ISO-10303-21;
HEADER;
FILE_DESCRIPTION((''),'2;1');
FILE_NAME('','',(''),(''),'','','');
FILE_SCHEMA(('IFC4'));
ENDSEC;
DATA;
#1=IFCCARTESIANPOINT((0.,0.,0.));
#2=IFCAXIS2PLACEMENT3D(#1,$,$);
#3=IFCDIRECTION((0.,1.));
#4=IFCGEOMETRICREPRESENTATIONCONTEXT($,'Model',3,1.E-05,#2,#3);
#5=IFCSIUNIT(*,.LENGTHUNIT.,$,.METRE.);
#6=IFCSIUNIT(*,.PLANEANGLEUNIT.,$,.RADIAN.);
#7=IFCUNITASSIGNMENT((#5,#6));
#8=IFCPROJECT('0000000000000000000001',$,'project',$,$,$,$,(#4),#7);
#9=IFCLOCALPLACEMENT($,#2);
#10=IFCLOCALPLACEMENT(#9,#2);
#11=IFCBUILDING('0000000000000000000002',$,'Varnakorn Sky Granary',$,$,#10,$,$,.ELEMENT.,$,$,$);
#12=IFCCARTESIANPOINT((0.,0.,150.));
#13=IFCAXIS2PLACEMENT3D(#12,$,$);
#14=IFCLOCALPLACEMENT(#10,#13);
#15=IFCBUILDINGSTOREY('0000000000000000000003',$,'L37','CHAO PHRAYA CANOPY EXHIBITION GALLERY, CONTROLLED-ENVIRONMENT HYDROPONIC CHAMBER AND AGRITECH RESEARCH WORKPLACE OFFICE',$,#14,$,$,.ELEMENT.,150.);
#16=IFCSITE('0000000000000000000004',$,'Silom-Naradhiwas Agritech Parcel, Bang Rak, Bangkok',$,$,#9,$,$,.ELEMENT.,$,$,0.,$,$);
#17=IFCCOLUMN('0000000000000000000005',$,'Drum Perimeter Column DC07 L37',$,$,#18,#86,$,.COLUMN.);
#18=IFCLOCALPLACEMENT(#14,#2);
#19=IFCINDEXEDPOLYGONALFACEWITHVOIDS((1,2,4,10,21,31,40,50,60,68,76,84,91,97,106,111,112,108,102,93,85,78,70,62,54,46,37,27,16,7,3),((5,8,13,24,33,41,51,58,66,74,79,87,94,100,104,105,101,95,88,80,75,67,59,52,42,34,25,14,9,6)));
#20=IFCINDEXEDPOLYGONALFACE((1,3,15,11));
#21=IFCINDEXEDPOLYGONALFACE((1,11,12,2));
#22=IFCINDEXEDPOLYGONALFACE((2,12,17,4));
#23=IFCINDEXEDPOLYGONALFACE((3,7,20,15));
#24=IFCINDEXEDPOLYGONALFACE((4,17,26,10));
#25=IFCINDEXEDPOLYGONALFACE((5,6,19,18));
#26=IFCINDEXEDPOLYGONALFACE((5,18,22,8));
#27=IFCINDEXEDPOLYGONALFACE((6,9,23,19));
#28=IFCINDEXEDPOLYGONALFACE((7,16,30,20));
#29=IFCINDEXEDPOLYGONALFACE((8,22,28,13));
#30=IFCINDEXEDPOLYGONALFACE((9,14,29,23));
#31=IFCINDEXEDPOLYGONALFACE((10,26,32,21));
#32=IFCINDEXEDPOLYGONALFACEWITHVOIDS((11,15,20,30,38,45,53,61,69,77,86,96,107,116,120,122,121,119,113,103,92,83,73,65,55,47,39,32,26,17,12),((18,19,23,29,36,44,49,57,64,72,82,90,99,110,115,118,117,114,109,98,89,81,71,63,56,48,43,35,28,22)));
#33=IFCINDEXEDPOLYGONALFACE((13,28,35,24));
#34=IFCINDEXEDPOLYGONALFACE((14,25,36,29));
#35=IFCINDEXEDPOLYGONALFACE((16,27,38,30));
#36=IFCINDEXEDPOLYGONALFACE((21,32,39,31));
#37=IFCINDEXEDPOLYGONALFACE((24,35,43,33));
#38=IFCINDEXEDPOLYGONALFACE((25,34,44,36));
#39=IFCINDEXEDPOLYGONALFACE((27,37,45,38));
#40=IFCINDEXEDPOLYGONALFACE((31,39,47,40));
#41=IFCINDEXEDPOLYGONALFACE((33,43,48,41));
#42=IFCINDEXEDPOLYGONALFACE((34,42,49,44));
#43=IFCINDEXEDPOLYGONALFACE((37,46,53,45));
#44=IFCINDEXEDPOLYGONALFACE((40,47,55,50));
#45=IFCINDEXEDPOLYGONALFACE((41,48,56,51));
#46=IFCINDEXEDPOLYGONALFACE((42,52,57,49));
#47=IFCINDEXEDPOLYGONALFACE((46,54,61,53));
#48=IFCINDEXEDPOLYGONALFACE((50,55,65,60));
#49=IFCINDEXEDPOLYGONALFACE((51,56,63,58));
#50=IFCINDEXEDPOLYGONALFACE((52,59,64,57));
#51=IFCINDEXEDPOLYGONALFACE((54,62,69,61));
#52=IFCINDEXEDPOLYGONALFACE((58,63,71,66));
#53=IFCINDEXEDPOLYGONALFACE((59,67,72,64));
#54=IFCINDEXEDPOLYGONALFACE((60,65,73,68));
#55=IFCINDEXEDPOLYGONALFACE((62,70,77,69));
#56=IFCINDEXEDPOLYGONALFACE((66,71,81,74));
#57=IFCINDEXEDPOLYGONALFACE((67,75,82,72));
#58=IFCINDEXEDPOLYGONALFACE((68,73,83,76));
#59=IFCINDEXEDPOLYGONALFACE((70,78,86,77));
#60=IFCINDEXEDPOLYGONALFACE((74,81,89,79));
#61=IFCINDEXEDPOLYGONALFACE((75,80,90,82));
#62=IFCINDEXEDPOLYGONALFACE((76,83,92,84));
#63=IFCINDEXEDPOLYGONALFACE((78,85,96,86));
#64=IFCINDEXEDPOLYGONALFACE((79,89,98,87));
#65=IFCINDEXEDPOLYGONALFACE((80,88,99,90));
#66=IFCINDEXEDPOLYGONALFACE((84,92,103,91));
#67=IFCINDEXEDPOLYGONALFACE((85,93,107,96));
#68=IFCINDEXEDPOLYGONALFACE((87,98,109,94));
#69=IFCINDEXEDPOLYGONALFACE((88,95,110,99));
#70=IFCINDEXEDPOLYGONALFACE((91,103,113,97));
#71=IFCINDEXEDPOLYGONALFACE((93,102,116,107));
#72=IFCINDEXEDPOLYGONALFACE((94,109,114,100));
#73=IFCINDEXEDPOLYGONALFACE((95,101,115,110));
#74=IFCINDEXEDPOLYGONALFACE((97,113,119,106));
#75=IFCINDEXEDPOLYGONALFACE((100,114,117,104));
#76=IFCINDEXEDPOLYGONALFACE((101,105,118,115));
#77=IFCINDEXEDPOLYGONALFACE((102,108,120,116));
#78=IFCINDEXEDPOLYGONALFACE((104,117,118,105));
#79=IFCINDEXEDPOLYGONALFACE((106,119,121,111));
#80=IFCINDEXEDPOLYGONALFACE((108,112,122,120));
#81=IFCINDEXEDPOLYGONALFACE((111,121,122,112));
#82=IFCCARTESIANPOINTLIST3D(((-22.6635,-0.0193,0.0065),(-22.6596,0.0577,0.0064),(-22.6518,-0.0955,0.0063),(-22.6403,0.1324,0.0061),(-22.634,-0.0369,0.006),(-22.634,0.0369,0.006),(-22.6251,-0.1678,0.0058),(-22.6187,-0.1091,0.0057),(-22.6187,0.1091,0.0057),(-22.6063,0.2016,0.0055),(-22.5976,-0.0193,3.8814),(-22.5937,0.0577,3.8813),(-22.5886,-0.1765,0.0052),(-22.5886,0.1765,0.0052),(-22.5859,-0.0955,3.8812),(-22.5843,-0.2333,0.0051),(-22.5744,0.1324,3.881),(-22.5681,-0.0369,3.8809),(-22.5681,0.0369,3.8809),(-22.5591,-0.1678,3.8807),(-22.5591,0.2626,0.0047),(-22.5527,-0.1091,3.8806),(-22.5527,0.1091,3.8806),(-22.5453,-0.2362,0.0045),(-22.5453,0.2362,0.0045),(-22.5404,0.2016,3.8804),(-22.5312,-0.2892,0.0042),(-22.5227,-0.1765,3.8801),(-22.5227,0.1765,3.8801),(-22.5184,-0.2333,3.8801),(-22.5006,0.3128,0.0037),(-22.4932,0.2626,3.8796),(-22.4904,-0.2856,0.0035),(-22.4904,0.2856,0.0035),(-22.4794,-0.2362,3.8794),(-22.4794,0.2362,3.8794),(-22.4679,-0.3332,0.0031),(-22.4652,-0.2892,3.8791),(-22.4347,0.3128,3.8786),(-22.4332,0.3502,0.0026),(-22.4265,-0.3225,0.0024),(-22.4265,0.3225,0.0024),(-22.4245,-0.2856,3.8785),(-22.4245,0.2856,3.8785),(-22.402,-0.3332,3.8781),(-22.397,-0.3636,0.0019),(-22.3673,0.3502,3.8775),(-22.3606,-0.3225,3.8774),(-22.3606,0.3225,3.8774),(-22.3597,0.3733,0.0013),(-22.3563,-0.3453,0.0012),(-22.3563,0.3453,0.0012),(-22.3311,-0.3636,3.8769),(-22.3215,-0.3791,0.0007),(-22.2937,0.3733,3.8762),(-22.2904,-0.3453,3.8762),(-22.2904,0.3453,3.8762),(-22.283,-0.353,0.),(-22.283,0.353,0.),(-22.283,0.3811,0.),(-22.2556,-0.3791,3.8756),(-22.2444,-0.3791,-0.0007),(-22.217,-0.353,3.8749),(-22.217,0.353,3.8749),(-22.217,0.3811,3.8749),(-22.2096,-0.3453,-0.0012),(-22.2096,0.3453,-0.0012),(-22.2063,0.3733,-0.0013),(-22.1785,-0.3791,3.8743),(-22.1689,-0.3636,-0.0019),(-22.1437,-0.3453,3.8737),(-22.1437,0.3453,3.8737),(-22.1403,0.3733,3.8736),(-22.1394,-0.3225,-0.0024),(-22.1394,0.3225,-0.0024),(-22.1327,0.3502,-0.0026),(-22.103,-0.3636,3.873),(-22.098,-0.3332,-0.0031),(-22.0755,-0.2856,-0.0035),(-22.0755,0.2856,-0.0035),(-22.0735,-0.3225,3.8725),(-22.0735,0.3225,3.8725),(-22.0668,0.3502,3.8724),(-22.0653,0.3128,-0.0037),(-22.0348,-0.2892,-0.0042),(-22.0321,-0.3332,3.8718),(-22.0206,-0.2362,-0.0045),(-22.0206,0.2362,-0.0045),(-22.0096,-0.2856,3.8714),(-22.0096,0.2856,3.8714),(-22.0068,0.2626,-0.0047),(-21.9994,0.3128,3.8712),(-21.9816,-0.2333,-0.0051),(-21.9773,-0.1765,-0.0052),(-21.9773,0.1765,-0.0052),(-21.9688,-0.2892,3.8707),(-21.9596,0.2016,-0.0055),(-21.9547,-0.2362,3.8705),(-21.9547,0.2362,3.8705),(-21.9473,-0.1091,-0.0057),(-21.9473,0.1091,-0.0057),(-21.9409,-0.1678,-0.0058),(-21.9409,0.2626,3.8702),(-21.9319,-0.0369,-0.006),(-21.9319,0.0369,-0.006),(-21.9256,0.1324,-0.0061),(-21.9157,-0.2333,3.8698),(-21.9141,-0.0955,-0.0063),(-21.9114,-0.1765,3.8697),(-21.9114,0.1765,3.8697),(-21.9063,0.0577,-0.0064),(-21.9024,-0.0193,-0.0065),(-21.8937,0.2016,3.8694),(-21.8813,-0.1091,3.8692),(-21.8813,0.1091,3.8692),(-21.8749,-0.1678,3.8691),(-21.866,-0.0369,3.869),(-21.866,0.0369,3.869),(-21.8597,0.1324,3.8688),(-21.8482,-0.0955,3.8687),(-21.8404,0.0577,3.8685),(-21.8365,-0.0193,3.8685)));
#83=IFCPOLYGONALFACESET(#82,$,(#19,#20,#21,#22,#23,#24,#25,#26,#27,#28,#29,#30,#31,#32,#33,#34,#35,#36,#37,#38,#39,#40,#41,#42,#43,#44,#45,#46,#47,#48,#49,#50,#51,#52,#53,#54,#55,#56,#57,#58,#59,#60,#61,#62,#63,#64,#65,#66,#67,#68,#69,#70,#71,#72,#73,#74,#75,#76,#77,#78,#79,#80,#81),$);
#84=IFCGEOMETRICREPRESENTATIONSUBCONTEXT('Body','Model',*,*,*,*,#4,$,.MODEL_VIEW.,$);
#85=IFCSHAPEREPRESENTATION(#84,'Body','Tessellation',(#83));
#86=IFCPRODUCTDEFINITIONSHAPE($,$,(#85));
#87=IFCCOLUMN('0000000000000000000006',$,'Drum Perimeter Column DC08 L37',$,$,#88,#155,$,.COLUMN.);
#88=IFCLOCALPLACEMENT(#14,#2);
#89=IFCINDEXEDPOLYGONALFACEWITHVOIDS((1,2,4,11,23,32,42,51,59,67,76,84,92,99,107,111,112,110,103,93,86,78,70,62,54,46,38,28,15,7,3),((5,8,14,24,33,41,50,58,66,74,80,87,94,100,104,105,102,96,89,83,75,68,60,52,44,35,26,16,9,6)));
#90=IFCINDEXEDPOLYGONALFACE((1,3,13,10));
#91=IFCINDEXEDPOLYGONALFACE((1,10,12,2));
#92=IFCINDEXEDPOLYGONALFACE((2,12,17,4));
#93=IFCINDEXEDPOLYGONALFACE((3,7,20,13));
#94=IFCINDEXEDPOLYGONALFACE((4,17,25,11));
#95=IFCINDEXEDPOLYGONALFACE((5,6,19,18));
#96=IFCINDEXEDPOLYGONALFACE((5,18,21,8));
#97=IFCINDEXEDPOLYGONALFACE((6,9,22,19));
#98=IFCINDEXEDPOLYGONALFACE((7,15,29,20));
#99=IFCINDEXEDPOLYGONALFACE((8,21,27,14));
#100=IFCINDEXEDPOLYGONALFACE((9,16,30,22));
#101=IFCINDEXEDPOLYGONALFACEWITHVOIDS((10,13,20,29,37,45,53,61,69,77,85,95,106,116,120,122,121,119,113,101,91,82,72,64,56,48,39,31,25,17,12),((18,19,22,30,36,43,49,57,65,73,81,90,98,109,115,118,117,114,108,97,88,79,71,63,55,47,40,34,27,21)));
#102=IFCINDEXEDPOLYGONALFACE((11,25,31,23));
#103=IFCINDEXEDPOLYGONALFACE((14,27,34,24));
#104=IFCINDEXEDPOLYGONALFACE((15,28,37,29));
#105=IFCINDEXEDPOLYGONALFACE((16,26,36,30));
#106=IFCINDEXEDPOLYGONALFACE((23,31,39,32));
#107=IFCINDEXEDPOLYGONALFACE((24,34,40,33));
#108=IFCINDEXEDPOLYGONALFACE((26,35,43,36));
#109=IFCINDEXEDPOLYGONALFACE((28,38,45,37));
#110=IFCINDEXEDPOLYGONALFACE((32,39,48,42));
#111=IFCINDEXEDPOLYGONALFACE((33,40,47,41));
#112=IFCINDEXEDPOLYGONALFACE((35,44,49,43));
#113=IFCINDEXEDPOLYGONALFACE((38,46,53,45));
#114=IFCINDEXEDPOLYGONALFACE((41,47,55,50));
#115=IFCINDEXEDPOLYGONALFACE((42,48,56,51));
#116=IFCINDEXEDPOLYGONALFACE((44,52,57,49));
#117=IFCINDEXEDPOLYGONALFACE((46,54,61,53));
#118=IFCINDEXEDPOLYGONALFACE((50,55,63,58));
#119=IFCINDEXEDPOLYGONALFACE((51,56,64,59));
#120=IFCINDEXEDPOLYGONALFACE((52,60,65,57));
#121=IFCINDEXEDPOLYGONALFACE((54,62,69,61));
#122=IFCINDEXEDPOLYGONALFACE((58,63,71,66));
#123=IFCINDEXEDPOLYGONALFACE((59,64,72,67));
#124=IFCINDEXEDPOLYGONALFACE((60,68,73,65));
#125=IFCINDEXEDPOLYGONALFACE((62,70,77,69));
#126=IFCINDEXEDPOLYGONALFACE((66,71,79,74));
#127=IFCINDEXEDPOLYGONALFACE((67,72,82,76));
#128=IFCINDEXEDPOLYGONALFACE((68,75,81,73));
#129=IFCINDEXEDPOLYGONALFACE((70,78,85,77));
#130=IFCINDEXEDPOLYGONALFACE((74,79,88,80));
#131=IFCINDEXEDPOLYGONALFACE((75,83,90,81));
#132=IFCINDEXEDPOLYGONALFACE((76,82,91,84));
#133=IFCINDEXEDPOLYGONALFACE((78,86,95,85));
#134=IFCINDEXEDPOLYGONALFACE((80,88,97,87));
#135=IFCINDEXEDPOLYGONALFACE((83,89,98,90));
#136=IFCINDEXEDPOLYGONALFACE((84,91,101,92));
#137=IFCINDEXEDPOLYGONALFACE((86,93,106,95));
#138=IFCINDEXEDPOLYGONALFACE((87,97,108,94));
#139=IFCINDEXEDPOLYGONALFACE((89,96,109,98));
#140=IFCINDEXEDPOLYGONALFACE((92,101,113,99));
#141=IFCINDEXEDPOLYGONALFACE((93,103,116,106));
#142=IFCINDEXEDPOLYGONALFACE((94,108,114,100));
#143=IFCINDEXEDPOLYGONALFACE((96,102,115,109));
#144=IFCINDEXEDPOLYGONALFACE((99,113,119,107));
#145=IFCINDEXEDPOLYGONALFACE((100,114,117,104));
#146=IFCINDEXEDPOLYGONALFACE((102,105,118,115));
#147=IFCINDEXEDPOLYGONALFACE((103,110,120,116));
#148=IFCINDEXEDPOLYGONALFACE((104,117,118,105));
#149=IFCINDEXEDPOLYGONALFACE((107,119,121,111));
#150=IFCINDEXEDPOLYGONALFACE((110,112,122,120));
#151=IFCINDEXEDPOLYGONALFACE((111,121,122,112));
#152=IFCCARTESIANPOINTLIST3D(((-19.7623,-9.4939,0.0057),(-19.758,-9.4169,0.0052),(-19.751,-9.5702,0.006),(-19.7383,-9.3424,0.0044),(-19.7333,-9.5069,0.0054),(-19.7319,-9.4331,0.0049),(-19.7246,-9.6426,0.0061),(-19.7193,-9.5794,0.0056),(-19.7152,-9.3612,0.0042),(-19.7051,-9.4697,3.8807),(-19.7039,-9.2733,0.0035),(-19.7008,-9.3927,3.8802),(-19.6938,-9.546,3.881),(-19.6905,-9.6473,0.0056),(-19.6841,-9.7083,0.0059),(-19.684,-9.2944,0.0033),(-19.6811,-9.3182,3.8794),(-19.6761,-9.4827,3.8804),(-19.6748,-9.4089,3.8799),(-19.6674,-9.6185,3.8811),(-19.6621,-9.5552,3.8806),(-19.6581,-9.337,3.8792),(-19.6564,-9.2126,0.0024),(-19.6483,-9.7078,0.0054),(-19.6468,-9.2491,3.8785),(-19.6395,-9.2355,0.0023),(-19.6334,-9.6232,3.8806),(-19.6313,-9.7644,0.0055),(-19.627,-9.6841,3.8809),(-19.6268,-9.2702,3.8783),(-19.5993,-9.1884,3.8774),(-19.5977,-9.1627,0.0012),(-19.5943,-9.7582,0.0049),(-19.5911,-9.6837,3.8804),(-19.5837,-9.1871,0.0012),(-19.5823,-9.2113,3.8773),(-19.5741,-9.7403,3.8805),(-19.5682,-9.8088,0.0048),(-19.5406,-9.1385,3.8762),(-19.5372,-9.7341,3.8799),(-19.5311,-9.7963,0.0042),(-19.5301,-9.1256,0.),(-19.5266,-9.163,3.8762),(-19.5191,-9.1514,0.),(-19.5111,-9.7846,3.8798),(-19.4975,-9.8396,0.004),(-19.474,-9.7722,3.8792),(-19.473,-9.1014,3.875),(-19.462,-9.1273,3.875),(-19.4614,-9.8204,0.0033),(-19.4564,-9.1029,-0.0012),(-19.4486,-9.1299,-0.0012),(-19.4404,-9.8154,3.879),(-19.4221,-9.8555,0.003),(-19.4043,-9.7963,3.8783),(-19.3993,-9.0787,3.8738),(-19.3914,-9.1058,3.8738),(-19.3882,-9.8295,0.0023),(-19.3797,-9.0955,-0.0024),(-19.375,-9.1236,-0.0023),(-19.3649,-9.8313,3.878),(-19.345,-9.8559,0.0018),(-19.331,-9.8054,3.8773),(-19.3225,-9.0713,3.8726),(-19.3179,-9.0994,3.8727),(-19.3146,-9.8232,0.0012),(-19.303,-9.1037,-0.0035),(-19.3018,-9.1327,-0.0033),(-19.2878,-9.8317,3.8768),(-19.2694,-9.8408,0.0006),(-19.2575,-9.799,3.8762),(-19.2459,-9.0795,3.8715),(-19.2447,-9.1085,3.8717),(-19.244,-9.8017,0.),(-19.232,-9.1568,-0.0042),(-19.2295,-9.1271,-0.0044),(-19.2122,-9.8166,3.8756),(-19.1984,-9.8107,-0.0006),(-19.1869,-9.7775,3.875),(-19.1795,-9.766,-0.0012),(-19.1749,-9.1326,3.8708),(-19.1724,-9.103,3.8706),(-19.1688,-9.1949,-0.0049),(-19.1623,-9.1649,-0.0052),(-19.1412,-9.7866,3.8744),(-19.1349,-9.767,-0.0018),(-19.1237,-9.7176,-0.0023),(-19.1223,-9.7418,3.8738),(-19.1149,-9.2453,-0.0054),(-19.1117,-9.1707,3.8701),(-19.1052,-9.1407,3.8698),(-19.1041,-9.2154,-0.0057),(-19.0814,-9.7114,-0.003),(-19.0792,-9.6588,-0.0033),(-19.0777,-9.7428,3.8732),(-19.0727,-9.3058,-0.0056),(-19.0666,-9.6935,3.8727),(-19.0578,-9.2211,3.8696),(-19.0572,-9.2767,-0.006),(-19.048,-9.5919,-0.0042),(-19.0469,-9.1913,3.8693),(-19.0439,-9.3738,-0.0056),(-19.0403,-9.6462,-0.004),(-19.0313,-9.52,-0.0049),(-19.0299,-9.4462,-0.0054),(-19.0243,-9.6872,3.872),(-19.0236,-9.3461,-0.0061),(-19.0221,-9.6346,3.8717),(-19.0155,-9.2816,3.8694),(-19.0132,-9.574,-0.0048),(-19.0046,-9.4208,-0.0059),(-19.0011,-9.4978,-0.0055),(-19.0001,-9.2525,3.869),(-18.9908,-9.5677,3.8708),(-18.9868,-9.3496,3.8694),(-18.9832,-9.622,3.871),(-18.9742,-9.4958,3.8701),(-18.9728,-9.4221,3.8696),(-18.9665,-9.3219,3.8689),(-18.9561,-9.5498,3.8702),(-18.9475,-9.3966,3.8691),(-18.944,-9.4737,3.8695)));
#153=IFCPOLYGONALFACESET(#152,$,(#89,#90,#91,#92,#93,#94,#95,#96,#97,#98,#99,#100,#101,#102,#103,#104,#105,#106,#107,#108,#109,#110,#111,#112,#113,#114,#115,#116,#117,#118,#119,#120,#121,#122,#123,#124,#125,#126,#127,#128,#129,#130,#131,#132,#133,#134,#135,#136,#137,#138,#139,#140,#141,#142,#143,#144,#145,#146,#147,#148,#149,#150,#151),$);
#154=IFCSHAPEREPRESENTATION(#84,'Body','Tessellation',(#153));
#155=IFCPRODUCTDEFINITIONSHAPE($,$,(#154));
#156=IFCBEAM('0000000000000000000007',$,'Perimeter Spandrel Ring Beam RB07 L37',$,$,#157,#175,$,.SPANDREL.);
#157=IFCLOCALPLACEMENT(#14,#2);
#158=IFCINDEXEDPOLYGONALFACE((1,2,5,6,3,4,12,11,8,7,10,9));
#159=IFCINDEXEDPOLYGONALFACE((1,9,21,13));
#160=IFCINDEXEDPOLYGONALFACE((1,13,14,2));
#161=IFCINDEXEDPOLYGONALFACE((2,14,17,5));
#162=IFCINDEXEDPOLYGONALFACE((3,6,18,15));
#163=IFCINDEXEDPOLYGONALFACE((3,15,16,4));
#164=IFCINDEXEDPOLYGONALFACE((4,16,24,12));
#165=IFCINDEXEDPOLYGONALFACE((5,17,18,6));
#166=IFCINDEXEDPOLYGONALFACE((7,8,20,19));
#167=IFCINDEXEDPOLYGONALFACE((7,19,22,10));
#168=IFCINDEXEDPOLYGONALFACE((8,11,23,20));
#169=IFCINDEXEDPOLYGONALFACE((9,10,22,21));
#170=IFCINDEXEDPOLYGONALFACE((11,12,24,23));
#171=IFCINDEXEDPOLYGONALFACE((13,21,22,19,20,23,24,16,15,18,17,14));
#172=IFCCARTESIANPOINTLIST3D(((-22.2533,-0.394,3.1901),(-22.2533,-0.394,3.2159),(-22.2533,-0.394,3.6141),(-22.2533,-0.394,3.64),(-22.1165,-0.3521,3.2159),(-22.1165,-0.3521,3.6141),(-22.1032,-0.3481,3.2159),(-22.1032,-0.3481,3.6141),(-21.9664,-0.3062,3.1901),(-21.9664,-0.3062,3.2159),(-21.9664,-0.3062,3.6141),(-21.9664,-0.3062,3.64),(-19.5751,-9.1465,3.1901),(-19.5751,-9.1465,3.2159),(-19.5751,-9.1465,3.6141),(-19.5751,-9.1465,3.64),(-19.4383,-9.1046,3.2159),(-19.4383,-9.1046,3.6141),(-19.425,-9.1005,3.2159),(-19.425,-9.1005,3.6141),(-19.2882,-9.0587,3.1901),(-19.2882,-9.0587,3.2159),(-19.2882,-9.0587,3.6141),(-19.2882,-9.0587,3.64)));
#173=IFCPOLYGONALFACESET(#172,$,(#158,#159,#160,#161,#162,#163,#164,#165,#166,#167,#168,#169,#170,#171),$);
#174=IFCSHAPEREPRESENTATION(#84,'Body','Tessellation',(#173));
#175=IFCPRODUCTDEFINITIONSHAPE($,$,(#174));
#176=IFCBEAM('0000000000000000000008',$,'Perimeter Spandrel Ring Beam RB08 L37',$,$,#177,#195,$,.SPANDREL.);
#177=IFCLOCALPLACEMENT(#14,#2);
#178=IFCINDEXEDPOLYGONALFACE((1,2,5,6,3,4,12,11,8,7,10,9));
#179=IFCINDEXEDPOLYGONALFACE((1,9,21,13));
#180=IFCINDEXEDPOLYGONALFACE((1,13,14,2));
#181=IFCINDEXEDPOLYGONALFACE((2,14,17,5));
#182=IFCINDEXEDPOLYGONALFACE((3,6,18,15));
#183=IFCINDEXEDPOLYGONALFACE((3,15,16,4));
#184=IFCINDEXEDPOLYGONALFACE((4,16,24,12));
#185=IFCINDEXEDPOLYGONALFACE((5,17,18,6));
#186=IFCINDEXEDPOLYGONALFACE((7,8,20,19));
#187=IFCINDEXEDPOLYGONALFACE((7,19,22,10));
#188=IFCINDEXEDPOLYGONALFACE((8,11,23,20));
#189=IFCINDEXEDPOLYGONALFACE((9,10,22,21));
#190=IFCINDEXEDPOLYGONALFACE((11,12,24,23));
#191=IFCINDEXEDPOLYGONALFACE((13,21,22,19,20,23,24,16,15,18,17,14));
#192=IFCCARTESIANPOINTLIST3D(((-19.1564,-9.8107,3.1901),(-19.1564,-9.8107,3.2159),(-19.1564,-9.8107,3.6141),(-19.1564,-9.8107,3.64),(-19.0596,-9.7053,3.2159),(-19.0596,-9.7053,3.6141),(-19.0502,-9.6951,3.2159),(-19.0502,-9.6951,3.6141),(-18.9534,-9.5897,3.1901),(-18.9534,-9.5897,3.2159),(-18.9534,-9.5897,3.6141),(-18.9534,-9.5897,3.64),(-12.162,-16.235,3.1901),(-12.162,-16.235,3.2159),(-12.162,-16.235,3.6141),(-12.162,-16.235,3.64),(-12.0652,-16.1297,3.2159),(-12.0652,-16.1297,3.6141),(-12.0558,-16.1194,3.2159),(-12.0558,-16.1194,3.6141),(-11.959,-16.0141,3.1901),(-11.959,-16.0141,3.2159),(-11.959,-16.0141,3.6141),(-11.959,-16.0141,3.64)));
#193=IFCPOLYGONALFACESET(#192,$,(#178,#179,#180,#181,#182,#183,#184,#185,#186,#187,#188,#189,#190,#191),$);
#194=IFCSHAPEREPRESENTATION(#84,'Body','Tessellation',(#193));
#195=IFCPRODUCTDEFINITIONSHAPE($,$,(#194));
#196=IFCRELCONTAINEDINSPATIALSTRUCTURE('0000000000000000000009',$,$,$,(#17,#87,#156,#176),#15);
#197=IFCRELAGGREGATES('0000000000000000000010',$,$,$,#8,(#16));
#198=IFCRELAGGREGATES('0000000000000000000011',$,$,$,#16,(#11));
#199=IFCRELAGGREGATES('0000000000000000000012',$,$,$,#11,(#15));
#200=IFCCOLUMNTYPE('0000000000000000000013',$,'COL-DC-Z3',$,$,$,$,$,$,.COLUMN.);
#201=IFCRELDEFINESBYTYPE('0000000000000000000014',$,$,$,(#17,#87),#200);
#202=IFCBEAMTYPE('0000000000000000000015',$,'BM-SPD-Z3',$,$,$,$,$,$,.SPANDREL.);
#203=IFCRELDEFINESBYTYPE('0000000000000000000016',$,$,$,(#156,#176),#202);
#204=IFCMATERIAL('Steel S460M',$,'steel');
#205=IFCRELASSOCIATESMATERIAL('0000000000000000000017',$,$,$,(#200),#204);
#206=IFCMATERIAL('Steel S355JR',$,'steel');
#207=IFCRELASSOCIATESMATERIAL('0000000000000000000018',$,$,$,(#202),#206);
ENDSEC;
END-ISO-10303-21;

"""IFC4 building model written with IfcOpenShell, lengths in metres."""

from ifc_helpers import new_model, si_unit, direction, frame, origin, origin_2d, place, context, subcontext, project, spatial, hollow_circle, i_section, extrude, material, material_profile, profile_set, type_object, element, save


model = new_model("IFC4")

# Units and contexts
model_context = context("Model", 3, precision=1e-05, world=origin(), true_north=direction((0.0, 1.0)))
body_context = subcontext(model_context, "Body", "Model", "MODEL_VIEW")
ifc_project = project(units=[si_unit("LENGTHUNIT", "METRE"), si_unit("PLANEANGLEUNIT", "RADIAN")], contexts=[model_context])

# Site, building, storey
site_placement = place(None, origin())
site = spatial("IfcSite", under=ifc_project, at=site_placement, Name="Silom-Naradhiwas Agritech Parcel, Bang Rak, Bangkok", CompositionType="ELEMENT", RefElevation=0.0)
building_placement = place(site_placement, origin())
building = spatial("IfcBuilding", under=site, at=building_placement, Name="Varnakorn Sky Granary", CompositionType="ELEMENT")
storey_placement = place(building_placement, frame((0.0, 0.0, 150.0)))
storey = spatial("IfcBuildingStorey", under=building, at=storey_placement, Name="L37", Description="CHAO PHRAYA CANOPY EXHIBITION GALLERY, CONTROLLED-ENVIRONMENT HYDROPONIC CHAMBER AND AGRITECH RESEARCH WORKPLACE OFFICE", CompositionType="ELEMENT", Elevation=150.0)

# Columns
ifc_material_1 = material(Name="Steel S460M", Category="steel")
ifc_material_profile_1 = material_profile(ifc_material_1, hollow_circle(Radius=0.3811, WallThickness=0.0281, at=origin_2d()), Name="CHS 762x28")
ifc_profile_set_1 = profile_set([ifc_material_profile_1], Name="Steel S460M")
column_type = type_object("IfcColumnType", Name="COL-DC-Z3", PredefinedType="COLUMN", material=ifc_profile_set_1)
for number, where, z_axis, x_axis, name in (
    (1, (-22.283, 0.0, 0.0), (0.017009, 0.0, 0.999855), (0.0, 1.0, 0.0), "Drum Perimeter Column DC07 L37"),
    (2, (-19.3816, -9.4766, 0.0), (0.014741, 0.006237, 0.999872), (-0.38964, 0.920967, 0.0), "Drum Perimeter Column DC08 L37"),
):
    element("IfcColumn", number, at=place(storey_placement, frame(where, z_axis=z_axis, x_axis=x_axis)), inside=storey, type_object=column_type, Name=name, PredefinedType="COLUMN", context=body_context, shape_type="SweptSolid", body=[
        extrude(hollow_circle(Radius=0.3811, WallThickness=0.0281, at=origin_2d()), origin(), (0.0, 0.0, 1.0), 3.8755),
    ])

# Beams
ifc_material_2 = material(Name="Steel S355JR", Category="steel")
ifc_material_profile_2 = material_profile(ifc_material_2, i_section(OverallWidth=0.3, OverallDepth=0.45, WebThickness=0.0139, FlangeThickness=0.0259, at=origin_2d()), Name="HE 450 B")
ifc_profile_set_2 = profile_set([ifc_material_profile_2], Name="Steel S355JR")
beam_type = type_object("IfcBeamType", Name="BM-SPD-Z3", PredefinedType="SPANDREL", material=ifc_profile_set_2)
beam_1_placement = place(storey_placement, frame((-22.1099, -0.3501, 3.415), z_axis=(0.292605, -0.956233, 0.0), x_axis=(0.956233, 0.292605, 0.0)))
element("IfcBeam", 3, at=beam_1_placement, inside=storey, type_object=beam_type, Name="Perimeter Spandrel Ring Beam RB07 L37", PredefinedType="SPANDREL", context=body_context, shape_type="SweptSolid", body=[
    extrude(i_section(OverallWidth=0.3, OverallDepth=0.45, WebThickness=0.0139, FlangeThickness=0.0259, at=origin_2d()), origin(), (0.0, 0.0, 1.0), 9.1531),
])
beam_2_placement = place(storey_placement, frame((-19.0549, -9.7002, 3.415), z_axis=(0.736483, -0.676457, 0.0), x_axis=(0.676457, 0.736483, 0.0)))
element("IfcBeam", 4, at=beam_2_placement, inside=storey, type_object=beam_type, Name="Perimeter Spandrel Ring Beam RB08 L37", PredefinedType="SPANDREL", context=body_context, shape_type="SweptSolid", body=[
    extrude(i_section(OverallWidth=0.3, OverallDepth=0.45, WebThickness=0.0139, FlangeThickness=0.0259, at=origin_2d()), origin(), (0.0, 0.0, 1.0), 9.4971),
])

save(model, "model.ifc")
